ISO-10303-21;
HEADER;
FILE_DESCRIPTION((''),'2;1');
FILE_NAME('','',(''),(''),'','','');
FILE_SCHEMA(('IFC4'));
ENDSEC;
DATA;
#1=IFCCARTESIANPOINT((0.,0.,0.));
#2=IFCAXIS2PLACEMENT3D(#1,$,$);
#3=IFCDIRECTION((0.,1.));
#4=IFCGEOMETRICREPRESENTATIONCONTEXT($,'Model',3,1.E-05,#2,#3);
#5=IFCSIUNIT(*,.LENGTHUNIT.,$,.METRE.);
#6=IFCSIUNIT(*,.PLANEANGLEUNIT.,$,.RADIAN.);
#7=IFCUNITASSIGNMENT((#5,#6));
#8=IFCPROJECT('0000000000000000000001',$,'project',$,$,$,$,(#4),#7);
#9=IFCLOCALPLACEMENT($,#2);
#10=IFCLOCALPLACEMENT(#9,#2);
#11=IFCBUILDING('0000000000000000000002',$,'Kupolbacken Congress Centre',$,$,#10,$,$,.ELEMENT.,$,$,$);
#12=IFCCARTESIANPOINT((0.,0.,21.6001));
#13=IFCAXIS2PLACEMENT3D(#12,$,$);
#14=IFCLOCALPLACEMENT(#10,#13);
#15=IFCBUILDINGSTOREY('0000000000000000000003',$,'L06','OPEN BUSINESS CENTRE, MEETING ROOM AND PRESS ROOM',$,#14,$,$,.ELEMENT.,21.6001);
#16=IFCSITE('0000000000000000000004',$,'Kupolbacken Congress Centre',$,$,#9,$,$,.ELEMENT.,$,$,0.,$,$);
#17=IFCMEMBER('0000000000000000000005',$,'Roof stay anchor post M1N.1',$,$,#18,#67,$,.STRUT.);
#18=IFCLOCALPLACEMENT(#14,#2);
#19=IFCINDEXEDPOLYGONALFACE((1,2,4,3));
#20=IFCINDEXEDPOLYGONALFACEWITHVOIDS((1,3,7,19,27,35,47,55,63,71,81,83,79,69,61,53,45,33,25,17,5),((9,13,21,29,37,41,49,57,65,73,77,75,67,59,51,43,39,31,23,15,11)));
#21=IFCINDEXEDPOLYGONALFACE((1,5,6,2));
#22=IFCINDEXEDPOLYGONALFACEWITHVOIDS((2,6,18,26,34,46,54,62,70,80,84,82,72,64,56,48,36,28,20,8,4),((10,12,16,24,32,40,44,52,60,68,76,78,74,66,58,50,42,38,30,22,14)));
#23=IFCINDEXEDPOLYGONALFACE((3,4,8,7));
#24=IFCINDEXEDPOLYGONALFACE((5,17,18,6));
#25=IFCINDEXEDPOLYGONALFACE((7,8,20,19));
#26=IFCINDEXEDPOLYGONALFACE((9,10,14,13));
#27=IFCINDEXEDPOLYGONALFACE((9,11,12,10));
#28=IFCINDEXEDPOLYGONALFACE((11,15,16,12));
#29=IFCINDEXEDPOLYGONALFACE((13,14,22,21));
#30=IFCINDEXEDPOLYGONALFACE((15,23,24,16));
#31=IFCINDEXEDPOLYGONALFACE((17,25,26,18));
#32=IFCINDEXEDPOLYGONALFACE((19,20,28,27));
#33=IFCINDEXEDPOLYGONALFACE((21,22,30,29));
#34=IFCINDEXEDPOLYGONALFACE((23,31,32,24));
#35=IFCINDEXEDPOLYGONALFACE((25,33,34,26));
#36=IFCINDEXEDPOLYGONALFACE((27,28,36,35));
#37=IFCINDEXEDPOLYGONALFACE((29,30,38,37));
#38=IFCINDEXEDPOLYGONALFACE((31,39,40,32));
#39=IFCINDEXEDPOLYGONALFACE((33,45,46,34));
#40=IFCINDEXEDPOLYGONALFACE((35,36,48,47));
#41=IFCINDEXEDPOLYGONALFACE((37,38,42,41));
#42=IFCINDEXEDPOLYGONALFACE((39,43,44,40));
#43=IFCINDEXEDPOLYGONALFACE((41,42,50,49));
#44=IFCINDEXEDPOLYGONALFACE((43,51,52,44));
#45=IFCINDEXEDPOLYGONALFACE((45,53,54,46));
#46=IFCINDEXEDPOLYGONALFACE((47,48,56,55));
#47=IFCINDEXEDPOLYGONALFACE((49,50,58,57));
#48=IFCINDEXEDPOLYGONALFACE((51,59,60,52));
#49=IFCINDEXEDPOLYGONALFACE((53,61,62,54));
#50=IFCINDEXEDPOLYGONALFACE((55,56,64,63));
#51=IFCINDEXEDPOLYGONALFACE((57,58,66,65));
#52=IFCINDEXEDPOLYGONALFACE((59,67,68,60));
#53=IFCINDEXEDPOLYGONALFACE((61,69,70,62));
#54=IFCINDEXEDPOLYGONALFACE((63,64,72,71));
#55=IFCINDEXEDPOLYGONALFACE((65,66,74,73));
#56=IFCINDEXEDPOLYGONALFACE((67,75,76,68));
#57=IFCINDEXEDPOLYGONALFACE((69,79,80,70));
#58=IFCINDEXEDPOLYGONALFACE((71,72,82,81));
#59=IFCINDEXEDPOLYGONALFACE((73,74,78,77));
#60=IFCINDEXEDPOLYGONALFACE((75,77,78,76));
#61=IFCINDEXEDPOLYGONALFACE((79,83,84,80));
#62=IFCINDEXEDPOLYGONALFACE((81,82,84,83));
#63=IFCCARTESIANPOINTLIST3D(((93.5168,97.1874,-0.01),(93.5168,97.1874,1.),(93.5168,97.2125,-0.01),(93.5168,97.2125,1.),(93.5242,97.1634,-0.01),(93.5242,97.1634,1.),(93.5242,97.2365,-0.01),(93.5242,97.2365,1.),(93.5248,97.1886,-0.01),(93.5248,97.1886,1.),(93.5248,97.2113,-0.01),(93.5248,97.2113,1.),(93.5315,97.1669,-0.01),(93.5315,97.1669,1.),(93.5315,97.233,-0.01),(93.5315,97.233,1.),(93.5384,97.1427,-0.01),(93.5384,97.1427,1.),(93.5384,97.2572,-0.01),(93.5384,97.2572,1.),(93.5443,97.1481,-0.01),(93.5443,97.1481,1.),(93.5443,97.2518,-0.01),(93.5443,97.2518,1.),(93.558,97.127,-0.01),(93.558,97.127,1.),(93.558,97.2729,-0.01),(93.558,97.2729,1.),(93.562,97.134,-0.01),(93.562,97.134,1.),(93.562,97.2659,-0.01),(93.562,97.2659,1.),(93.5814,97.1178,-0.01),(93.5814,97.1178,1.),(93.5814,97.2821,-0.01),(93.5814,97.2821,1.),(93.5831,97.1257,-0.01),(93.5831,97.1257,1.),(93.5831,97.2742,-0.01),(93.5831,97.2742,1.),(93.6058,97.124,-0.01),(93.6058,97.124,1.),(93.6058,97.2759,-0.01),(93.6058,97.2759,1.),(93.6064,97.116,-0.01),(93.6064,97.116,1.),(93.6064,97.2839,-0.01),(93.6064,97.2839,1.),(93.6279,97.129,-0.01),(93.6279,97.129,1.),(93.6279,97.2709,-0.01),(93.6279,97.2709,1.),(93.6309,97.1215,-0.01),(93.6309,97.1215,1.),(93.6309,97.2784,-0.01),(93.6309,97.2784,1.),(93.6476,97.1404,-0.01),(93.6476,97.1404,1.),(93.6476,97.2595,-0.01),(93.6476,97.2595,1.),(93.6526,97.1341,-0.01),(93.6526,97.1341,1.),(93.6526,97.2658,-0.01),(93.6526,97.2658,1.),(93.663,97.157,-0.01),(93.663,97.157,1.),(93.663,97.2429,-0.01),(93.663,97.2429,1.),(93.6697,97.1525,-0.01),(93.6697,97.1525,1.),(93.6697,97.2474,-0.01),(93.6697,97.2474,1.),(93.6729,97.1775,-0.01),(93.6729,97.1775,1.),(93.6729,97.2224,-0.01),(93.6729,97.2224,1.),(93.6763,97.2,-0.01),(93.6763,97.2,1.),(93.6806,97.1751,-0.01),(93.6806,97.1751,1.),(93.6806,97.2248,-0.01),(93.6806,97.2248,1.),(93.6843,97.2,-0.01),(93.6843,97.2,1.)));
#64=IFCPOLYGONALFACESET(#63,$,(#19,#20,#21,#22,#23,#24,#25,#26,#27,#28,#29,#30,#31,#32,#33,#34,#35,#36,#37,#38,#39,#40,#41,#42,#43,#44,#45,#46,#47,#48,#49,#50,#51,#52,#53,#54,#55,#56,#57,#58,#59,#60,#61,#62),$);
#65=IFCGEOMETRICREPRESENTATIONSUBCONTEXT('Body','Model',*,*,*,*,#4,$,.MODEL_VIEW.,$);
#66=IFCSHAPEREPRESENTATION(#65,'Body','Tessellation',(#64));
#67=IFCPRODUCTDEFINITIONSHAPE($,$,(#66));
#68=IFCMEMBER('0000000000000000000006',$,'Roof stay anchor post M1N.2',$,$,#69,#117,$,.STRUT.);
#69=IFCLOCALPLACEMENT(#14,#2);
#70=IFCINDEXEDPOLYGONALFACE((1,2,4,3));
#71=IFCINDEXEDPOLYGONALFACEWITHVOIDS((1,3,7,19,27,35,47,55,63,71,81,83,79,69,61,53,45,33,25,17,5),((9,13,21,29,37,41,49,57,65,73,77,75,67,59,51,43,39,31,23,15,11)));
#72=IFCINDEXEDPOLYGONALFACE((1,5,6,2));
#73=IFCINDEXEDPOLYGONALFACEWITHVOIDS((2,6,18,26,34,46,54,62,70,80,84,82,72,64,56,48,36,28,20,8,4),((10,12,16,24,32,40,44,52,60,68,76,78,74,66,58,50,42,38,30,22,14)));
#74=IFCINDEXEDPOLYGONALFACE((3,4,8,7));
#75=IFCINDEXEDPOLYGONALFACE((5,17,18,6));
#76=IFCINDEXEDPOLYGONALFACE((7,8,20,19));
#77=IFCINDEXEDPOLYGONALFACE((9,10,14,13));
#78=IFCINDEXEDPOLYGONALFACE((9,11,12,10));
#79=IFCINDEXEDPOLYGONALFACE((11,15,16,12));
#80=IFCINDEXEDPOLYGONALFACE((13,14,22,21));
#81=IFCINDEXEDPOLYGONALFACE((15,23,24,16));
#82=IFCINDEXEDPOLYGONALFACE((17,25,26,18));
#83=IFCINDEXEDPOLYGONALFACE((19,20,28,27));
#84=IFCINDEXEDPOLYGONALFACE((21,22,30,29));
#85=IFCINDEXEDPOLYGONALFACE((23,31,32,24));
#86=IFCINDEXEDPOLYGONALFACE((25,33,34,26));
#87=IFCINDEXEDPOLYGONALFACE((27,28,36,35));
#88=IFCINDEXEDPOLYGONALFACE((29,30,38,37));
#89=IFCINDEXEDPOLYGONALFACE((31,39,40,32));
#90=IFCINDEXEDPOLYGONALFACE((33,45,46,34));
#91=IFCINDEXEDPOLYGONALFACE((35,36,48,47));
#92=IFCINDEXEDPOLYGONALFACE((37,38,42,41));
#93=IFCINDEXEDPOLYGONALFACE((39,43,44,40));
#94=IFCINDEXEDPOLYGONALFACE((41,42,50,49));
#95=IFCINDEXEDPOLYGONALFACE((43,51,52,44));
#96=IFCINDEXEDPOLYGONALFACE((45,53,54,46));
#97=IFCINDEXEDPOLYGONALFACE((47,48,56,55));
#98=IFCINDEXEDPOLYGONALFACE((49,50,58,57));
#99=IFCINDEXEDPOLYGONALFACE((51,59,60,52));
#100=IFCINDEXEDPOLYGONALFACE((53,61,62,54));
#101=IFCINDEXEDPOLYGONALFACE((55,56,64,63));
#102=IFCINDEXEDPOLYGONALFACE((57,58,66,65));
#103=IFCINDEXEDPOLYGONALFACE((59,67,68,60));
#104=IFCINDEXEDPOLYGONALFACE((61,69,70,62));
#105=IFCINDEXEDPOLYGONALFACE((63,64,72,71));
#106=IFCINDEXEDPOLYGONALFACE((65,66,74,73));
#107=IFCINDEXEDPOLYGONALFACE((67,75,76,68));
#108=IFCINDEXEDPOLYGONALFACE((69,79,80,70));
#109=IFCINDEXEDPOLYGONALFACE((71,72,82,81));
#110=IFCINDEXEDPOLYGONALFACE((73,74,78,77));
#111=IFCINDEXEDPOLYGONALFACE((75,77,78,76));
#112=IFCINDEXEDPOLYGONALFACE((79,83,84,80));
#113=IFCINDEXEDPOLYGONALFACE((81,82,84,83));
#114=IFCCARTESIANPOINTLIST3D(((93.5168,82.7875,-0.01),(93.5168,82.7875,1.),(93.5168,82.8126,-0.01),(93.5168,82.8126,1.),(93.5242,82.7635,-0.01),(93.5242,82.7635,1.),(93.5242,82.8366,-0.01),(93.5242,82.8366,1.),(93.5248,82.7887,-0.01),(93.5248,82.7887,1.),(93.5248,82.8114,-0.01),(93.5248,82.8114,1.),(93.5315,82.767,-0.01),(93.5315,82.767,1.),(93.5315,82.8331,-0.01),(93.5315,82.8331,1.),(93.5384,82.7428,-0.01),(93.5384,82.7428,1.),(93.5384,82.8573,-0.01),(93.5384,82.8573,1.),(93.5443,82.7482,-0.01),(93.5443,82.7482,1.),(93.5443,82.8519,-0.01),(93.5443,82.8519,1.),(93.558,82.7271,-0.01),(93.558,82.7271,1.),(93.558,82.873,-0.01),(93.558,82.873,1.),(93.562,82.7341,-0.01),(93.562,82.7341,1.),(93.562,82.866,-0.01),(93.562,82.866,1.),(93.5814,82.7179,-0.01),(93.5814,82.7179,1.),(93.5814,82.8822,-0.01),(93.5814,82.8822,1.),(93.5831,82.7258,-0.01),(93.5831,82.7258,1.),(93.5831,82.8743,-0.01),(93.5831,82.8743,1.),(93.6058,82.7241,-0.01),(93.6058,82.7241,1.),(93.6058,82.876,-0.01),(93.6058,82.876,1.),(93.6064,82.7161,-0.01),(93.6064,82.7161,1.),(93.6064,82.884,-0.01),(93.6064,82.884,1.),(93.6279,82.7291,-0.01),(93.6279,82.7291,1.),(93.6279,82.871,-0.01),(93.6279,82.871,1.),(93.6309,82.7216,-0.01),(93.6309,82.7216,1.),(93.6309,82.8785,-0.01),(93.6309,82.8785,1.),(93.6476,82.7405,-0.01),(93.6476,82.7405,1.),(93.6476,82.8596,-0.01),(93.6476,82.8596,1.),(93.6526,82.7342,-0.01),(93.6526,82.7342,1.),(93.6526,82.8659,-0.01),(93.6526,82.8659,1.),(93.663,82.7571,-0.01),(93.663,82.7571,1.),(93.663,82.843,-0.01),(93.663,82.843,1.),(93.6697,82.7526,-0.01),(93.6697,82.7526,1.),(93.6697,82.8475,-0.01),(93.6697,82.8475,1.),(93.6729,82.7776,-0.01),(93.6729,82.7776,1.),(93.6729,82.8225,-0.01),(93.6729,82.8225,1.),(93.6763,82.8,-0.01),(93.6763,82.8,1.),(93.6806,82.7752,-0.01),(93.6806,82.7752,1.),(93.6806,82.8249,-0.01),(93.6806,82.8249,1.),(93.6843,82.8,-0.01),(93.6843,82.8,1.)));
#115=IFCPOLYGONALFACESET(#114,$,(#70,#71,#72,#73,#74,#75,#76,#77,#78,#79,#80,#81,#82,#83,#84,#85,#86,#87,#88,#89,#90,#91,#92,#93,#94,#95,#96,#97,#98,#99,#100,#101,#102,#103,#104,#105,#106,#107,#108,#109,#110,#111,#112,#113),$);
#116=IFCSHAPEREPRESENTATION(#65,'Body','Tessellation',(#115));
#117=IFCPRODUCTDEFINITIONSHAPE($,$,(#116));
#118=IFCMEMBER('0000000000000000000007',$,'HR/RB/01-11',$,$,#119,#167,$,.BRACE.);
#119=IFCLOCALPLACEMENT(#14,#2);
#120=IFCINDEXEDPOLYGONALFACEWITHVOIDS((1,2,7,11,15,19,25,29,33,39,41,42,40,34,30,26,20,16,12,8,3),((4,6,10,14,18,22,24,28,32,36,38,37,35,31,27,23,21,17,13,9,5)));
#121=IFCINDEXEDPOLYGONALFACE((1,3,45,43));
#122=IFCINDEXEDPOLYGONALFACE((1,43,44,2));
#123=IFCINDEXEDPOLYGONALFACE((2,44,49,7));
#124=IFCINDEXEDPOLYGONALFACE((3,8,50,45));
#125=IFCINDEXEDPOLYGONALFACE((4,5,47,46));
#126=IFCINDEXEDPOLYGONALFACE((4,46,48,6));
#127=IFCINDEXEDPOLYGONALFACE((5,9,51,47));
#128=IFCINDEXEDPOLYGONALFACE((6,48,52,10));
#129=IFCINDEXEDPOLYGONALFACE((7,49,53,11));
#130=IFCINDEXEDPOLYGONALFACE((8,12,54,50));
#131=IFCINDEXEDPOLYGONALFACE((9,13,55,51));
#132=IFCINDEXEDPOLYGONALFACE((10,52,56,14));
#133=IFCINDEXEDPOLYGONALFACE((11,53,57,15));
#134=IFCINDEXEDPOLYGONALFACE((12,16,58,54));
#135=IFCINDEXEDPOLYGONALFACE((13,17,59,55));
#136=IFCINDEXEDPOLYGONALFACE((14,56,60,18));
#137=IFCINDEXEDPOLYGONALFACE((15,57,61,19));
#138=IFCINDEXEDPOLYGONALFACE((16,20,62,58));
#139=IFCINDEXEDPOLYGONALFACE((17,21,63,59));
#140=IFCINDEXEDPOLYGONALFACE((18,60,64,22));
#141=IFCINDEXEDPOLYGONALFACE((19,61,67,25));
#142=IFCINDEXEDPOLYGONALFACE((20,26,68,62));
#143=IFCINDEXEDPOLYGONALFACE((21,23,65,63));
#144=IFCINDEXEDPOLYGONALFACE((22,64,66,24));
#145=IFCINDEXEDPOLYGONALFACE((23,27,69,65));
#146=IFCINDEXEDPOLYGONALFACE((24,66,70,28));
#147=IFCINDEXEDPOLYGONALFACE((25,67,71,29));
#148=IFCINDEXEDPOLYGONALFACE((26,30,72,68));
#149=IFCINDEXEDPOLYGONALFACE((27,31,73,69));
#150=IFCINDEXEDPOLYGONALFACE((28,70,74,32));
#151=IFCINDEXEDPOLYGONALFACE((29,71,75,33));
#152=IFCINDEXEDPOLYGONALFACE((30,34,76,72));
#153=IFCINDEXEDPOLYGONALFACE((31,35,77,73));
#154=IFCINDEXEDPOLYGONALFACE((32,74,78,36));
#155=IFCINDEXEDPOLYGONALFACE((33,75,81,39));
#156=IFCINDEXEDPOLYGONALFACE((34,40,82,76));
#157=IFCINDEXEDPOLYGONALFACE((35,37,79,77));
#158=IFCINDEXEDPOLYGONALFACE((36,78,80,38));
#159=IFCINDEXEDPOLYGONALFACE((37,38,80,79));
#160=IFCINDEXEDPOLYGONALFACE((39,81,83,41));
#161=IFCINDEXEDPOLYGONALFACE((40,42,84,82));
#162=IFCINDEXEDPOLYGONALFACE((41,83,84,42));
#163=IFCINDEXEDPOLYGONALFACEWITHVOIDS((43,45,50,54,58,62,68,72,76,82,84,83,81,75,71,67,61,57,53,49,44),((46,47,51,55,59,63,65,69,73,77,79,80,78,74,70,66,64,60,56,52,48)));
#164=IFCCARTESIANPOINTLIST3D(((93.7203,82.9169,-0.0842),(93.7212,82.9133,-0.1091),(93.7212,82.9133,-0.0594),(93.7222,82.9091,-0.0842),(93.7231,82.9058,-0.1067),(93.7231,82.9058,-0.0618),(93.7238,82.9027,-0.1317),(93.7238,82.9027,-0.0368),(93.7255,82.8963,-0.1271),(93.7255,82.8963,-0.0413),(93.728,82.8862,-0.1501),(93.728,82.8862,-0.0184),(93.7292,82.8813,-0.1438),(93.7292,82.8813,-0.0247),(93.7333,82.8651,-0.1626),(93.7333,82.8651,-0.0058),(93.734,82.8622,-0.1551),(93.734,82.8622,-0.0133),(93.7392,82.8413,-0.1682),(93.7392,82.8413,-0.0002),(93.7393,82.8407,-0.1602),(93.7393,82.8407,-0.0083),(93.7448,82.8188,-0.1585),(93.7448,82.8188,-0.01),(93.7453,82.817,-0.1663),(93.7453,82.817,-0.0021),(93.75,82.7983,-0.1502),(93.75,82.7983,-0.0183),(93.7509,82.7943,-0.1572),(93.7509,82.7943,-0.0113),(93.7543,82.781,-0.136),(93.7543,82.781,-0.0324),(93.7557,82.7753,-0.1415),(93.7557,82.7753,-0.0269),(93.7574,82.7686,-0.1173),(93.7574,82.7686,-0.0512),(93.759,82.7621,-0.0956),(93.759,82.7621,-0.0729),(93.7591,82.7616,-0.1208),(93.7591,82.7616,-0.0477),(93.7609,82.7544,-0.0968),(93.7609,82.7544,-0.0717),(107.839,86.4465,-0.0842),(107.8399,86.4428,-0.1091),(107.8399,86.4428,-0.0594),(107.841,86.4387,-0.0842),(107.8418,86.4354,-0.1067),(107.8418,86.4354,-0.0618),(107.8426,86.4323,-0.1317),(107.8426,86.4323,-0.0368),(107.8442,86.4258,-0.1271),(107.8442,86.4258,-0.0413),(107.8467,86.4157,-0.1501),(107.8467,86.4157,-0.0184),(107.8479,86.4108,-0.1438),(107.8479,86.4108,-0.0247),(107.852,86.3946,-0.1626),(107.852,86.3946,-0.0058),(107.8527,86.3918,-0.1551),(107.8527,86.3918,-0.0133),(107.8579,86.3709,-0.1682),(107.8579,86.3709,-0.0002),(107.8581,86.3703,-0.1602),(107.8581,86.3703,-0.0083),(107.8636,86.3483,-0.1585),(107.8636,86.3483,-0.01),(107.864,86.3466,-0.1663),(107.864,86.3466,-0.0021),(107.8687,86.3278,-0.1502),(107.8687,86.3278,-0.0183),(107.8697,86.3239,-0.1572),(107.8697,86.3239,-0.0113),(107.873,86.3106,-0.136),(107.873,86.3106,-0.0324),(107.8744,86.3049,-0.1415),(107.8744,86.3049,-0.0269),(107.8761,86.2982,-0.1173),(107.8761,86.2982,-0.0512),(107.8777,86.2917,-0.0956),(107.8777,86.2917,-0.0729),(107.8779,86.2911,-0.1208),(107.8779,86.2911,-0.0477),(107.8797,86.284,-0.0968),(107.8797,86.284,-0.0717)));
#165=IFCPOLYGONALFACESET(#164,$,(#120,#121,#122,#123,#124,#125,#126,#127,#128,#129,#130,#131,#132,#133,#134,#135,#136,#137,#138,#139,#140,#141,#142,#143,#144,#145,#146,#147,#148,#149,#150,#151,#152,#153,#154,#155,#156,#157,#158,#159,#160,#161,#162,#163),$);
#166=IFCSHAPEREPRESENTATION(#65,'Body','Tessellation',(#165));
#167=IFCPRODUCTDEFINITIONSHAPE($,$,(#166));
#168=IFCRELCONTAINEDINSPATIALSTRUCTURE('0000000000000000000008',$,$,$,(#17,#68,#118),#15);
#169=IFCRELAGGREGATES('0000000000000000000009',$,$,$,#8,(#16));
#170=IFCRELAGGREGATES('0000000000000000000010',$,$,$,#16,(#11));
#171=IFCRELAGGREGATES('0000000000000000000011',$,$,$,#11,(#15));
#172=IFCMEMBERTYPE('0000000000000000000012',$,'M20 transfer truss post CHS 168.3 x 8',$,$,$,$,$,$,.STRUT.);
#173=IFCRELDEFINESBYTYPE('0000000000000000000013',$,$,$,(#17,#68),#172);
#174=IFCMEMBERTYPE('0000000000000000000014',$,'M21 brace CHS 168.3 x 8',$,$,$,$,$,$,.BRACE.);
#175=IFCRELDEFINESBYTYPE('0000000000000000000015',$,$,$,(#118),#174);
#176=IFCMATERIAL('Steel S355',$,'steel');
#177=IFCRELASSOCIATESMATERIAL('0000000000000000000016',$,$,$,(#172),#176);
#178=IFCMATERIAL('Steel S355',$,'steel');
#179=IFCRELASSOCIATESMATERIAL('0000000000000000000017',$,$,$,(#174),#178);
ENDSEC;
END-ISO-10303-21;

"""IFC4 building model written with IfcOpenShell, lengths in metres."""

from ifc_helpers import new_model, si_unit, direction, frame, origin, origin_2d, place, context, subcontext, project, spatial, hollow_circle, extrude, material, material_profile, profile_set, type_object, element, save


model = new_model("IFC4")

# Units and contexts
model_context = context("Model", 3, precision=1e-05, world=origin(), true_north=direction((0.0, 1.0)))
body_context = subcontext(model_context, "Body", "Model", "MODEL_VIEW")
ifc_project = project(units=[si_unit("LENGTHUNIT", "METRE"), si_unit("PLANEANGLEUNIT", "RADIAN")], contexts=[model_context])

# Site, building, storey
site_placement = place(None, origin())
site = spatial("IfcSite", under=ifc_project, at=site_placement, Name="Kupolbacken Congress Centre", CompositionType="ELEMENT", RefElevation=0.0)
building_placement = place(site_placement, origin())
building = spatial("IfcBuilding", under=site, at=building_placement, Name="Kupolbacken Congress Centre", CompositionType="ELEMENT")
storey_placement = place(building_placement, frame((0.0, 0.0, 21.6001)))
storey = spatial("IfcBuildingStorey", under=building, at=storey_placement, Name="L06", Description="OPEN BUSINESS CENTRE, MEETING ROOM AND PRESS ROOM", CompositionType="ELEMENT", Elevation=21.6001)

# Members
ifc_material_1 = material(Name="Steel S355", Category="steel")
ifc_material_profile_1 = material_profile(ifc_material_1, hollow_circle(Radius=0.0842, WallThickness=0.0081, at=origin_2d()), Name="CHS 168.3 x 8")
ifc_profile_set_1 = profile_set([ifc_material_profile_1], Name="Steel S355")
member_type_1 = type_object("IfcMemberType", Name="M20 transfer truss post CHS 168.3 x 8", PredefinedType="STRUT", material=ifc_profile_set_1)
for number, where, z_axis, x_axis, name in (
    (1, (93.6001, 97.2, -0.01), (0.0, 0.0, 1.0), (1.0, 0.0, 0.0), "Roof stay anchor post M1N.1"),
    (2, (93.6001, 82.8, -0.01), (0.0, 0.0, 1.0), (1.0, 0.0, 0.0), "Roof stay anchor post M1N.2"),
):
    element("IfcMember", number, at=place(storey_placement, frame(where, z_axis=z_axis, x_axis=x_axis)), inside=storey, type_object=member_type_1, Name=name, PredefinedType="STRUT", context=body_context, shape_type="SweptSolid", body=[
        extrude(hollow_circle(Radius=0.0842, WallThickness=0.0081, at=origin_2d()), origin(), (0.0, 0.0, 1.0), 1.01),
    ])
ifc_material_2 = material(Name="Steel S355", Category="steel")
ifc_material_profile_2 = material_profile(ifc_material_2, hollow_circle(Radius=0.0842, WallThickness=0.0081, at=origin_2d()), Name="CHS 168.3 x 8")
ifc_profile_set_2 = profile_set([ifc_material_profile_2], Name="Steel S355")
member_type_2 = type_object("IfcMemberType", Name="M21 brace CHS 168.3 x 8", PredefinedType="BRACE", material=ifc_profile_set_2)
for number, where, z_axis, x_axis, name in (
    (3, (93.7407, 82.8352, -0.0842), (0.970144, 0.242528, 0.0), (-0.242528, 0.970144, 0.0), "HR/RB/01-11"),
):
    element("IfcMember", number, at=place(storey_placement, frame(where, z_axis=z_axis, x_axis=x_axis)), inside=storey, type_object=member_type_2, Name=name, PredefinedType="BRACE", context=body_context, shape_type="SweptSolid", body=[
        extrude(hollow_circle(Radius=0.0842, WallThickness=0.0081, at=origin_2d()), origin(), (0.0, 0.0, 1.0), 14.5532),
    ])

save(model, "model.ifc")
